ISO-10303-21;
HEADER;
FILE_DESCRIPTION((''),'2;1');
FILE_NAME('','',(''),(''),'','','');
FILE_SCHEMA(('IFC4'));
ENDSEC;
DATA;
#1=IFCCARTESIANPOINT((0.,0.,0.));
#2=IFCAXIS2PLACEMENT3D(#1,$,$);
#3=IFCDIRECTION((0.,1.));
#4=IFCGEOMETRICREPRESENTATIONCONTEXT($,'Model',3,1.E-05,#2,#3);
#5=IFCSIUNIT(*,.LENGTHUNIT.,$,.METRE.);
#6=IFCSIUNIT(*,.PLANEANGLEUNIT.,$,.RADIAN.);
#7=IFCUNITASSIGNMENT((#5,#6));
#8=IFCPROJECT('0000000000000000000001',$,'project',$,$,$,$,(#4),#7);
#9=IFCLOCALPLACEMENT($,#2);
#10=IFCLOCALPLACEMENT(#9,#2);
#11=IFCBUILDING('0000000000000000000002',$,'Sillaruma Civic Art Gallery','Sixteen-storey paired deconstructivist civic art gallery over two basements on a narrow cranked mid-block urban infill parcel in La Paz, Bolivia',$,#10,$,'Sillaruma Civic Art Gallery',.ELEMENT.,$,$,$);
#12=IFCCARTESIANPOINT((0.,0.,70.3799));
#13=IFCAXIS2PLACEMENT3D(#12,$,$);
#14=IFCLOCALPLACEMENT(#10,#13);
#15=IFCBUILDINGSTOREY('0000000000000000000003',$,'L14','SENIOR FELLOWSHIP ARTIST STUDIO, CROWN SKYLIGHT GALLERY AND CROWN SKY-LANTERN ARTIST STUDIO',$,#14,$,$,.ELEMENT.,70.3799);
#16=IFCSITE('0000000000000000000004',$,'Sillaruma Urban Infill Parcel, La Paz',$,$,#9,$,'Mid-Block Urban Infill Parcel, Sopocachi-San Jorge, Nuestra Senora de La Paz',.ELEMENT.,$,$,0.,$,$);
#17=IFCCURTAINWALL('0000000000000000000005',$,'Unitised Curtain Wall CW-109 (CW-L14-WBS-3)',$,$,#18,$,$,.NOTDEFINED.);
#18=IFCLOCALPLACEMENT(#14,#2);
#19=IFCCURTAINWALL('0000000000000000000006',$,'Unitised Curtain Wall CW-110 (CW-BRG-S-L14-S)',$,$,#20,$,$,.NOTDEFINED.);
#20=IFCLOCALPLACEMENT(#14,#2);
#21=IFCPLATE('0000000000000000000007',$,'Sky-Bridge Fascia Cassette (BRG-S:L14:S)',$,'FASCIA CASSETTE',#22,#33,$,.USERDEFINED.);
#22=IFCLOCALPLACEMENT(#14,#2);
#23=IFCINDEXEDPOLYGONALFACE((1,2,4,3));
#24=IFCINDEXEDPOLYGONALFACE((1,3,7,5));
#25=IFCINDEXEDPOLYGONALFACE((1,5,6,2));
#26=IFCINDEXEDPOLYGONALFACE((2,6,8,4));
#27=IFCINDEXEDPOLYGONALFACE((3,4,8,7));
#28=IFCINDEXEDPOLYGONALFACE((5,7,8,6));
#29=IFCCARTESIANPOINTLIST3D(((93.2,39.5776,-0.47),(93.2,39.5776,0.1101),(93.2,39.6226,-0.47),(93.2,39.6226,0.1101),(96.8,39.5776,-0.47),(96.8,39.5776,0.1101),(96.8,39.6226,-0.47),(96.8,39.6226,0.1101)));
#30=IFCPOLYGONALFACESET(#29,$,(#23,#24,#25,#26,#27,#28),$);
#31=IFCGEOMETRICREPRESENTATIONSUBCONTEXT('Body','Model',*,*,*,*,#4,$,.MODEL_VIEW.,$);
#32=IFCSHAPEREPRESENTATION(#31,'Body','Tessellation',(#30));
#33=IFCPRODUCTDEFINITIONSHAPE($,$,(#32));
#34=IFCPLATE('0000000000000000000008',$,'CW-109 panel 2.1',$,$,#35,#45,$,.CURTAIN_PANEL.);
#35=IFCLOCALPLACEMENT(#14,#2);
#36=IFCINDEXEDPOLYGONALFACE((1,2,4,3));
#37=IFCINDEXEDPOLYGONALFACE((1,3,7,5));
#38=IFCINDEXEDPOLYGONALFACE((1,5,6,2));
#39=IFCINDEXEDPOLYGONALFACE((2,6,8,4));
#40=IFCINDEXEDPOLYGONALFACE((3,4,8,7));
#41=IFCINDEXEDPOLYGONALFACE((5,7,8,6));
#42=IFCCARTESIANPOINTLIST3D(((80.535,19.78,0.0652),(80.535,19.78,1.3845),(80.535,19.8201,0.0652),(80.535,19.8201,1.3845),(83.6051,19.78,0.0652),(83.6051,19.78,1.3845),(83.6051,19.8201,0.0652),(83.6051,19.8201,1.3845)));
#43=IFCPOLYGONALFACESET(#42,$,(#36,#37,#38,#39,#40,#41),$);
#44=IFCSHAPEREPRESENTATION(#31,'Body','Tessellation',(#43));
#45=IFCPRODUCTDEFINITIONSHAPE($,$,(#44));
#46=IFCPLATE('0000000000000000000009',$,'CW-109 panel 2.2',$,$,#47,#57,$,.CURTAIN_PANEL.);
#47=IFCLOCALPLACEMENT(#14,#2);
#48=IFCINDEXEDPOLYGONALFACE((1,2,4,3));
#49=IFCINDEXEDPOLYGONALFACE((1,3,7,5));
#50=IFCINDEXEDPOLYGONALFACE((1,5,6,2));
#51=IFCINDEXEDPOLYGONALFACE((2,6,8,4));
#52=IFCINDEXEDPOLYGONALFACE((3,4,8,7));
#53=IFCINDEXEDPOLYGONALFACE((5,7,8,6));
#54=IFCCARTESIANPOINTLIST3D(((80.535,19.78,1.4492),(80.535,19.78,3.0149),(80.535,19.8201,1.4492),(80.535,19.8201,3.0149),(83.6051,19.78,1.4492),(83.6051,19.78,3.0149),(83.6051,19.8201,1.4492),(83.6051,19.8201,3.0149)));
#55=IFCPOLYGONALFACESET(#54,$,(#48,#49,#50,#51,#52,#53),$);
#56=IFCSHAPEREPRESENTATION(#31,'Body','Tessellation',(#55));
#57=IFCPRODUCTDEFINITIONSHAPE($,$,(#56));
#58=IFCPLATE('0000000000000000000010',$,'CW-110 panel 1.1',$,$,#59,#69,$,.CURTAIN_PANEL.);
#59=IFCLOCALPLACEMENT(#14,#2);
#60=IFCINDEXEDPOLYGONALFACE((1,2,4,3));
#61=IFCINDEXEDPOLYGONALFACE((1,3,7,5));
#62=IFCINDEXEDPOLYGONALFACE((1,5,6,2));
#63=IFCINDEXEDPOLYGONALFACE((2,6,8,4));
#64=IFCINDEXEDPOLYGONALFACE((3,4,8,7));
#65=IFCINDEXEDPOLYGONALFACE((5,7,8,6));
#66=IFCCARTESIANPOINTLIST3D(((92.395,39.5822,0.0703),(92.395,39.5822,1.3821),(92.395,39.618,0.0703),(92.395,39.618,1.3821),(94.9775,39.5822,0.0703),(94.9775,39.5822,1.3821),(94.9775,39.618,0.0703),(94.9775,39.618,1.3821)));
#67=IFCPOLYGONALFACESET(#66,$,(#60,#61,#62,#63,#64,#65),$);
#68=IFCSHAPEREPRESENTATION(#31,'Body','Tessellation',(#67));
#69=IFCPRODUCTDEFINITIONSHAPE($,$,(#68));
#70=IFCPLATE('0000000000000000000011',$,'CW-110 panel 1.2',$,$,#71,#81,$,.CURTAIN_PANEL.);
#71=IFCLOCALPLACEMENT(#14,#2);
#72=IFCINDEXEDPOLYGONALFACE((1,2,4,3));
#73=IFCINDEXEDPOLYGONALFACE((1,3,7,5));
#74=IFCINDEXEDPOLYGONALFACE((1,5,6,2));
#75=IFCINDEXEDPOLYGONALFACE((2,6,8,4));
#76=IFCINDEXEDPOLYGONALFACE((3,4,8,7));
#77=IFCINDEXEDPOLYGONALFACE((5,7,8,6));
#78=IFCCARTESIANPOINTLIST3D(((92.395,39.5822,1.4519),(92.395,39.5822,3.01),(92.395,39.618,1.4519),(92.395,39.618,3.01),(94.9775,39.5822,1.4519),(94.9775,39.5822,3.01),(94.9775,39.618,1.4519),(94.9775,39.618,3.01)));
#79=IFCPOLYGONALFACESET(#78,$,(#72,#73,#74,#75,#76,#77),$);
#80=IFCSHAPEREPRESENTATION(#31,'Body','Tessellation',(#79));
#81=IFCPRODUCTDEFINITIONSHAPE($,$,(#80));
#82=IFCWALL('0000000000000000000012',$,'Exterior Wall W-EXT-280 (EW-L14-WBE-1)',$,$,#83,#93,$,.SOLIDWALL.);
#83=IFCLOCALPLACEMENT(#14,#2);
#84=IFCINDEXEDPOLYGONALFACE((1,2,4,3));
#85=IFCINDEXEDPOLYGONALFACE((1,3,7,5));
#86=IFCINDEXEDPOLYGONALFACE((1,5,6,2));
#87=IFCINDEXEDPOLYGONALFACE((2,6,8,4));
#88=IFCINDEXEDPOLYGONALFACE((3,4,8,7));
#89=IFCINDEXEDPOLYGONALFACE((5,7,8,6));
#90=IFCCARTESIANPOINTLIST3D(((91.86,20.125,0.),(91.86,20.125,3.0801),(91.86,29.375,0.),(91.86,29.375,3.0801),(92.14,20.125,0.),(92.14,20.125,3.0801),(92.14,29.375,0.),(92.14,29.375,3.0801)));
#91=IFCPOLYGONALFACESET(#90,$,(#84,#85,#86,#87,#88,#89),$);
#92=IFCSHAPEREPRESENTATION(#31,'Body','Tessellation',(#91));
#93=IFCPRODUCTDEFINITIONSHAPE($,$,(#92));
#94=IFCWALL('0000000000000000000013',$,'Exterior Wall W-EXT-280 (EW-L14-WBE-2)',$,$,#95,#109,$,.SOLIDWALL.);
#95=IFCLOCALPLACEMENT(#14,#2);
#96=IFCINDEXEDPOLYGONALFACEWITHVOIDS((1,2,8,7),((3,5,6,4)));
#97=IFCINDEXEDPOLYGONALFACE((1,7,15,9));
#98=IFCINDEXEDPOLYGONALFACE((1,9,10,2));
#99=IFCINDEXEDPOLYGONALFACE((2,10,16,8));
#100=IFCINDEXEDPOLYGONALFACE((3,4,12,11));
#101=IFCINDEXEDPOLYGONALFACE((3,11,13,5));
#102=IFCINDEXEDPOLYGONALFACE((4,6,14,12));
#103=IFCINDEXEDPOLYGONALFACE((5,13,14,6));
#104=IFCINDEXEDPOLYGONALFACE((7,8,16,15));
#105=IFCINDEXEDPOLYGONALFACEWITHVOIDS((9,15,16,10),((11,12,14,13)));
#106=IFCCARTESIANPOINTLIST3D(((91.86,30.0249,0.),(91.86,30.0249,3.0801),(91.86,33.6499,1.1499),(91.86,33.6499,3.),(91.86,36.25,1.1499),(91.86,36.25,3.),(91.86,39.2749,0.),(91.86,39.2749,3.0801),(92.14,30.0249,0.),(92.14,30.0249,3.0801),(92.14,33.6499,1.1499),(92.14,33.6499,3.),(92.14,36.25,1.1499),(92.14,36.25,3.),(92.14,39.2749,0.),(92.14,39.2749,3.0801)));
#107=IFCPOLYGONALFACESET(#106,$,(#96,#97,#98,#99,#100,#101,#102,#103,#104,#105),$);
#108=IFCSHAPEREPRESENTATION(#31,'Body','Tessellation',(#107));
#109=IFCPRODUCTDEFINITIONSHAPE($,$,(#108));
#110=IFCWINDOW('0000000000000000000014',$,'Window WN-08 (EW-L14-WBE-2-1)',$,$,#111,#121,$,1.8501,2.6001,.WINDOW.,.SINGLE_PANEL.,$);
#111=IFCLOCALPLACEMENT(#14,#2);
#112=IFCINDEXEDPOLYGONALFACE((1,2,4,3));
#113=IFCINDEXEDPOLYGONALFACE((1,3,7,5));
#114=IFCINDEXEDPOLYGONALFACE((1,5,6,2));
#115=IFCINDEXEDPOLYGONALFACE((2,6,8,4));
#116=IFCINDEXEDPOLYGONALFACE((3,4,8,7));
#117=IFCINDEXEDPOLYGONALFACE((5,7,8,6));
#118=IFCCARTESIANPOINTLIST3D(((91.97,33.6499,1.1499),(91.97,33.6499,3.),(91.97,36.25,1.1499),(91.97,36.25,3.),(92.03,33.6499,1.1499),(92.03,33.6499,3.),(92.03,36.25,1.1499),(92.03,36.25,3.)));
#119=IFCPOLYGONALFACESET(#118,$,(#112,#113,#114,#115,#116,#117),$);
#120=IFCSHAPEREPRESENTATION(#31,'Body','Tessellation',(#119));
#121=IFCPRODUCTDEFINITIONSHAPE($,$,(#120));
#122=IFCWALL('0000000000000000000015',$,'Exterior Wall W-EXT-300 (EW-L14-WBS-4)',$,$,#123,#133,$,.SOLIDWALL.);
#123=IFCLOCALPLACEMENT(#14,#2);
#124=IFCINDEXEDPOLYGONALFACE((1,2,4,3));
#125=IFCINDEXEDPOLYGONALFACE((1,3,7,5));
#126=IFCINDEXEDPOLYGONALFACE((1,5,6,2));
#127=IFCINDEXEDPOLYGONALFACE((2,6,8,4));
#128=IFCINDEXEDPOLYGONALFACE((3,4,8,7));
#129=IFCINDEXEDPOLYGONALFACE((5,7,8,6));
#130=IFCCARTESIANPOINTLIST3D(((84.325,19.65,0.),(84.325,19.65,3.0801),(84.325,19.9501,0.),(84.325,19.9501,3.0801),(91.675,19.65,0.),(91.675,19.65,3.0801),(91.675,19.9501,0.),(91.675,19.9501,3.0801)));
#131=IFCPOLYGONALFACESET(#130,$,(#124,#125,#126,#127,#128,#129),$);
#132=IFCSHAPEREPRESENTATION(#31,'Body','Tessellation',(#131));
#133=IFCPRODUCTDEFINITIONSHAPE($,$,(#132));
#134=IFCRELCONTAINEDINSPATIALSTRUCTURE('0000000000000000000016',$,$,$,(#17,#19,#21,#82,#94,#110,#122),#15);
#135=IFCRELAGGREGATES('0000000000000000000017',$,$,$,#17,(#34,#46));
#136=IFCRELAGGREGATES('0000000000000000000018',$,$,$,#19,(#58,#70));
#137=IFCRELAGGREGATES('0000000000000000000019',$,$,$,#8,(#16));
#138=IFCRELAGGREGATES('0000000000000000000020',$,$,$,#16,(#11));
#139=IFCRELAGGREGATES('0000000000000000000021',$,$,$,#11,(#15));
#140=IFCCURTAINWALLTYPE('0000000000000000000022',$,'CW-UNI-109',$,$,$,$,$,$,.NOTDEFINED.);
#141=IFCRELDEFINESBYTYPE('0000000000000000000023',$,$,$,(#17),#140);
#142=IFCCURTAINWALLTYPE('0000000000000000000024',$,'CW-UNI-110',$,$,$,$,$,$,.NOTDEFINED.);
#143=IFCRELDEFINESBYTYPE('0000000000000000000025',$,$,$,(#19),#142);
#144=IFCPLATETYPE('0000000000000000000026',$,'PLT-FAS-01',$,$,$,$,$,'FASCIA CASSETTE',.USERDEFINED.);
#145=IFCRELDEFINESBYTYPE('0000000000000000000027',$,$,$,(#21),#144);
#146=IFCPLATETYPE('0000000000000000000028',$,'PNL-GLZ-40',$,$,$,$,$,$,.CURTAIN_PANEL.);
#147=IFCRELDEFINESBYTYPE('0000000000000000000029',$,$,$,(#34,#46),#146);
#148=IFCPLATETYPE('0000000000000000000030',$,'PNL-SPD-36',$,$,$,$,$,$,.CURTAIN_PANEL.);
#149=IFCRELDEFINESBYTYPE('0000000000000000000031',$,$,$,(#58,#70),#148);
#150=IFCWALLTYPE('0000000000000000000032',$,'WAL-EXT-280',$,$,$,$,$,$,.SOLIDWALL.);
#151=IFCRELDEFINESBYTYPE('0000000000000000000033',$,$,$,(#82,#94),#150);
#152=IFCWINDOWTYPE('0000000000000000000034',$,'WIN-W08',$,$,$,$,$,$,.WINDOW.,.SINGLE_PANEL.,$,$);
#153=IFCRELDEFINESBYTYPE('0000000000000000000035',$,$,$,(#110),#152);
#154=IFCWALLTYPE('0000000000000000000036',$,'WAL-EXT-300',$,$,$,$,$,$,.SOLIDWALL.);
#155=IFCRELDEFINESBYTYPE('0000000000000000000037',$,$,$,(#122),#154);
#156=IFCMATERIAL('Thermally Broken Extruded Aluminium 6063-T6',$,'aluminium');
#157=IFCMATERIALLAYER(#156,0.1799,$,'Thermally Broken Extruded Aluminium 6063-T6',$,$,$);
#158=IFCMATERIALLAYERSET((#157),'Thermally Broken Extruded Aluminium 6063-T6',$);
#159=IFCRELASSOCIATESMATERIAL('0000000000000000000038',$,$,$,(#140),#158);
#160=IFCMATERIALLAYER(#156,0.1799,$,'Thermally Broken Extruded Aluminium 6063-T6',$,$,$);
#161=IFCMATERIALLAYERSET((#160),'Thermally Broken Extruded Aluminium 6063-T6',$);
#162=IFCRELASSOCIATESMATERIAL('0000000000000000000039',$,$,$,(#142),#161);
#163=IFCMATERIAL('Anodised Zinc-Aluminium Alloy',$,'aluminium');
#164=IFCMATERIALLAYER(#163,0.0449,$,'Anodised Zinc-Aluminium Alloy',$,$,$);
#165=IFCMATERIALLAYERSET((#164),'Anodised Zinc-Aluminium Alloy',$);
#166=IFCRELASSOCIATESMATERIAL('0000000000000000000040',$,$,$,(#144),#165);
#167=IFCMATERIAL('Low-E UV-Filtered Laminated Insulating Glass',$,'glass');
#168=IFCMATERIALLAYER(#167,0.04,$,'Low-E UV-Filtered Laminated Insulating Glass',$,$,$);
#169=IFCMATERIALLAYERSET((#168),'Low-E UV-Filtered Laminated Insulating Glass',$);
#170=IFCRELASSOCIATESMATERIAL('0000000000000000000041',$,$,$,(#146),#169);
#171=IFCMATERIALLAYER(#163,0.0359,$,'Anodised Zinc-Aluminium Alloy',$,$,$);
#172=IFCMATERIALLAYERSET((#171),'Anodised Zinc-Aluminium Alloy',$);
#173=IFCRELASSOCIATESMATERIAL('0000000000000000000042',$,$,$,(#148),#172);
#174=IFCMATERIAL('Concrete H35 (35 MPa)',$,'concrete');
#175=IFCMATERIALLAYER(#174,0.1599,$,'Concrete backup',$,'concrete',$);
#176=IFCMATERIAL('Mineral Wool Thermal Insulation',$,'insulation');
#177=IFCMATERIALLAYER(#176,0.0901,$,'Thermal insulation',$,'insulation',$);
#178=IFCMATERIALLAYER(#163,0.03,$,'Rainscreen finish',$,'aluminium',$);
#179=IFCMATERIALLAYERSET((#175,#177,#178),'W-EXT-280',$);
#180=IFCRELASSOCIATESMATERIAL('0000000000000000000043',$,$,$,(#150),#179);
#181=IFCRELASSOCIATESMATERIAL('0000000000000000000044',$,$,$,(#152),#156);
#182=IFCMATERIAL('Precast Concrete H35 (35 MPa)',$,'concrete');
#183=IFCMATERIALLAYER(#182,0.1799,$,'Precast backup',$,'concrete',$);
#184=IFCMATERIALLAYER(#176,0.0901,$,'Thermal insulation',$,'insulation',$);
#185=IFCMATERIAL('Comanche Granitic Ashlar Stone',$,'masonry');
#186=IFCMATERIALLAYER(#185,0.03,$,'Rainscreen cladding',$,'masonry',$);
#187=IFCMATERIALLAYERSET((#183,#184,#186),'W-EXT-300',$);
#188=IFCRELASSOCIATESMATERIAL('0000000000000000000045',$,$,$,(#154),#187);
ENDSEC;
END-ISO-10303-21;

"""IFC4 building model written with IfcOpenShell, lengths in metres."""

from ifc_helpers import new_model, si_unit, direction, frame, frame_2d, origin, origin_2d, place, context, subcontext, project, spatial, rectangle, extrude, material, layer, layer_set, type_object, element, fill, aggregate, save


model = new_model("IFC4")

# Units and contexts
model_context = context("Model", 3, precision=1e-05, world=origin(), true_north=direction((0.0, 1.0)))
body_context = subcontext(model_context, "Body", "Model", "MODEL_VIEW")
ifc_project = project(units=[si_unit("LENGTHUNIT", "METRE"), si_unit("PLANEANGLEUNIT", "RADIAN")], contexts=[model_context])

# Site, building, storey
site_placement = place(None, origin())
site = spatial("IfcSite", under=ifc_project, at=site_placement, Name="Sillaruma Urban Infill Parcel, La Paz", LongName="Mid-Block Urban Infill Parcel, Sopocachi-San Jorge, Nuestra Senora de La Paz", CompositionType="ELEMENT", RefElevation=0.0)
building_placement = place(site_placement, origin())
building = spatial("IfcBuilding", under=site, at=building_placement, Name="Sillaruma Civic Art Gallery", Description="Sixteen-storey paired deconstructivist civic art gallery over two basements on a narrow cranked mid-block urban infill parcel in La Paz, Bolivia", LongName="Sillaruma Civic Art Gallery", CompositionType="ELEMENT")
storey_placement = place(building_placement, frame((0.0, 0.0, 70.3799)))
storey = spatial("IfcBuildingStorey", under=building, at=storey_placement, Name="L14", Description="SENIOR FELLOWSHIP ARTIST STUDIO, CROWN SKYLIGHT GALLERY AND CROWN SKY-LANTERN ARTIST STUDIO", CompositionType="ELEMENT", Elevation=70.3799)

# Shared definitions
ifc_material_1 = material(Name="Concrete H35 (35 MPa)", Category="concrete")

# Curtain wall
ifc_material_2 = material(Name="Thermally Broken Extruded Aluminium 6063-T6", Category="aluminium")
ifc_layer_1 = layer(ifc_material_2, 0.1799, Name="Thermally Broken Extruded Aluminium 6063-T6")
ifc_layer_set_1 = layer_set([ifc_layer_1], Name="Thermally Broken Extruded Aluminium 6063-T6")
curtain_wall_type_1 = type_object("IfcCurtainWallType", Name="CW-UNI-109", PredefinedType="NOTDEFINED", material=ifc_layer_set_1)
curtain_wall_1_placement = place(storey_placement, origin())
curtain_wall_1 = element("IfcCurtainWall", 1, at=curtain_wall_1_placement, inside=storey, type_object=curtain_wall_type_1, Name="Unitised Curtain Wall CW-109 (CW-L14-WBS-3)", PredefinedType="NOTDEFINED")

# Curtain wall
ifc_layer_2 = layer(ifc_material_2, 0.1799, Name="Thermally Broken Extruded Aluminium 6063-T6")
ifc_layer_set_2 = layer_set([ifc_layer_2], Name="Thermally Broken Extruded Aluminium 6063-T6")
curtain_wall_type_2 = type_object("IfcCurtainWallType", Name="CW-UNI-110", PredefinedType="NOTDEFINED", material=ifc_layer_set_2)
curtain_wall_2_placement = place(storey_placement, origin())
curtain_wall_2 = element("IfcCurtainWall", 2, at=curtain_wall_2_placement, inside=storey, type_object=curtain_wall_type_2, Name="Unitised Curtain Wall CW-110 (CW-BRG-S-L14-S)", PredefinedType="NOTDEFINED")

# Plates
ifc_material_3 = material(Name="Anodised Zinc-Aluminium Alloy", Category="aluminium")
ifc_layer_3 = layer(ifc_material_3, 0.0449, Name="Anodised Zinc-Aluminium Alloy")
ifc_layer_set_3 = layer_set([ifc_layer_3], Name="Anodised Zinc-Aluminium Alloy")
plate_type_1 = type_object("IfcPlateType", Name="PLT-FAS-01", ElementType="FASCIA CASSETTE", PredefinedType="USERDEFINED", material=ifc_layer_set_3)
plate_1_placement = place(storey_placement, frame((95.0, 39.6001, -0.47), z_axis=(0.0, 0.0, 1.0), x_axis=(1.0, 0.0, 0.0)))
element("IfcPlate", 3, at=plate_1_placement, inside=storey, type_object=plate_type_1, Name="Sky-Bridge Fascia Cassette (BRG-S:L14:S)", ObjectType="FASCIA CASSETTE", PredefinedType="USERDEFINED", context=body_context, shape_type="SweptSolid", body=[
    extrude(rectangle(XDim=3.6001, YDim=0.0449, at=origin_2d()), origin(), (0.0, 0.0, 1.0), 0.5801),
])
ifc_material_4 = material(Name="Low-E UV-Filtered Laminated Insulating Glass", Category="glass")
ifc_layer_4 = layer(ifc_material_4, 0.04, Name="Low-E UV-Filtered Laminated Insulating Glass")
ifc_layer_set_4 = layer_set([ifc_layer_4], Name="Low-E UV-Filtered Laminated Insulating Glass")
plate_type_2 = type_object("IfcPlateType", Name="PNL-GLZ-40", PredefinedType="CURTAIN_PANEL", material=ifc_layer_set_4)
plate_2_placement = place(storey_placement, frame((82.0701, 19.8, 0.0652), z_axis=(0.0, 0.0, 1.0), x_axis=(1.0, 0.0, 0.0)))
plate_2 = element("IfcPlate", 4, at=plate_2_placement, type_object=plate_type_2, Name="CW-109 panel 2.1", PredefinedType="CURTAIN_PANEL", context=body_context, shape_type="SweptSolid", body=[
    extrude(rectangle(XDim=3.0701, YDim=0.04, at=origin_2d()), origin(), (0.0, 0.0, 1.0), 1.3193),
])
plate_3_placement = place(storey_placement, frame((82.0701, 19.8, 1.4492), z_axis=(0.0, 0.0, 1.0), x_axis=(1.0, 0.0, 0.0)))
plate_3 = element("IfcPlate", 5, at=plate_3_placement, type_object=plate_type_2, Name="CW-109 panel 2.2", PredefinedType="CURTAIN_PANEL", context=body_context, shape_type="SweptSolid", body=[
    extrude(rectangle(XDim=3.0701, YDim=0.04, at=origin_2d()), origin(), (0.0, 0.0, 1.0), 1.5657),
])
aggregate(curtain_wall_1, [plate_2, plate_3])
ifc_layer_5 = layer(ifc_material_3, 0.0359, Name="Anodised Zinc-Aluminium Alloy")
ifc_layer_set_5 = layer_set([ifc_layer_5], Name="Anodised Zinc-Aluminium Alloy")
plate_type_3 = type_object("IfcPlateType", Name="PNL-SPD-36", PredefinedType="CURTAIN_PANEL", material=ifc_layer_set_5)
plate_4_placement = place(storey_placement, frame((93.6863, 39.6001, 0.0703), z_axis=(0.0, 0.0, 1.0), x_axis=(1.0, 0.0, 0.0)))
plate_4 = element("IfcPlate", 6, at=plate_4_placement, type_object=plate_type_3, Name="CW-110 panel 1.1", PredefinedType="CURTAIN_PANEL", context=body_context, shape_type="SweptSolid", body=[
    extrude(rectangle(XDim=2.5825, YDim=0.0359, at=origin_2d()), origin(), (0.0, 0.0, 1.0), 1.3118),
])
plate_5_placement = place(storey_placement, frame((93.6863, 39.6001, 1.4519), z_axis=(0.0, 0.0, 1.0), x_axis=(1.0, 0.0, 0.0)))
plate_5 = element("IfcPlate", 7, at=plate_5_placement, type_object=plate_type_3, Name="CW-110 panel 1.2", PredefinedType="CURTAIN_PANEL", context=body_context, shape_type="SweptSolid", body=[
    extrude(rectangle(XDim=2.5825, YDim=0.0359, at=origin_2d()), origin(), (0.0, 0.0, 1.0), 1.5581),
])
aggregate(curtain_wall_2, [plate_4, plate_5])

# Wall
ifc_layer_6 = layer(ifc_material_1, 0.1599, Name="Concrete backup", Category="concrete")
ifc_material_5 = material(Name="Mineral Wool Thermal Insulation", Category="insulation")
ifc_layer_7 = layer(ifc_material_5, 0.0901, Name="Thermal insulation", Category="insulation")
ifc_layer_8 = layer(ifc_material_3, 0.03, Name="Rainscreen finish", Category="aluminium")
ifc_layer_set_6 = layer_set([ifc_layer_6, ifc_layer_7, ifc_layer_8], Name="W-EXT-280")
wall_type_1 = type_object("IfcWallType", Name="WAL-EXT-280", PredefinedType="SOLIDWALL", material=ifc_layer_set_6)
wall_1_placement = place(storey_placement, frame((92.0, 20.125, 0.0), z_axis=(0.0, 0.0, 1.0), x_axis=(0.0, 1.0, 0.0)))
element("IfcWall", 8, at=wall_1_placement, inside=storey, type_object=wall_type_1, Name="Exterior Wall W-EXT-280 (EW-L14-WBE-1)", PredefinedType="SOLIDWALL", context=body_context, shape_type="SweptSolid", body=[
    extrude(rectangle(XDim=9.25, YDim=0.28, at=frame_2d((4.625, 0.0))), origin(), (0.0, 0.0, 1.0), 3.0801),
])

# Wall, opening, window
wall_2_placement = place(storey_placement, frame((92.0, 30.0249, 0.0), z_axis=(0.0, 0.0, 1.0), x_axis=(0.0, 1.0, 0.0)))
wall_2 = element("IfcWall", 9, at=wall_2_placement, inside=storey, type_object=wall_type_1, Name="Exterior Wall W-EXT-280 (EW-L14-WBE-2)", PredefinedType="SOLIDWALL", context=body_context, shape_type="SweptSolid", body=[
    extrude(rectangle(XDim=9.25, YDim=0.28, at=frame_2d((4.625, 0.0))), origin(), (0.0, 0.0, 1.0), 3.0801),
])
opening_placement = place(wall_2_placement, frame((3.625, 0.0, 1.1499)))
opening = element("IfcOpeningElement", 10, at=opening_placement, cuts=wall_2, PredefinedType="OPENING", context=body_context, shape_type="SweptSolid", body=[
    extrude(rectangle(XDim=2.6001, YDim=1.8501, at=frame_2d((1.3, 0.925))), frame((0.0, 0.1499, 0.0), z_axis=(0.0, -1.0, 0.0), x_axis=(1.0, 0.0, 0.0)), (0.0, 0.0, 1.0), 0.3),
])
window_type = type_object("IfcWindowType", Name="WIN-W08", PartitioningType="SINGLE_PANEL", PredefinedType="WINDOW", material=ifc_material_2)
window_placement = place(opening_placement, origin())
window = element("IfcWindow", 11, at=window_placement, inside=storey, type_object=window_type, Name="Window WN-08 (EW-L14-WBE-2-1)", OverallHeight=1.8501, OverallWidth=2.6001, PartitioningType="SINGLE_PANEL", PredefinedType="WINDOW", context=body_context, shape_type="SweptSolid", body=[
    extrude(rectangle(XDim=2.6001, YDim=1.8501, at=frame_2d((1.3, 0.925))), frame((0.0, 0.03, 0.0), z_axis=(0.0, -1.0, 0.0), x_axis=(1.0, 0.0, 0.0)), (0.0, 0.0, 1.0), 0.0601),
])
fill(opening, window)

# Wall
ifc_material_6 = material(Name="Precast Concrete H35 (35 MPa)", Category="concrete")
ifc_layer_9 = layer(ifc_material_6, 0.1799, Name="Precast backup", Category="concrete")
ifc_layer_10 = layer(ifc_material_5, 0.0901, Name="Thermal insulation", Category="insulation")
ifc_material_7 = material(Name="Comanche Granitic Ashlar Stone", Category="masonry")
ifc_layer_11 = layer(ifc_material_7, 0.03, Name="Rainscreen cladding", Category="masonry")
ifc_layer_set_7 = layer_set([ifc_layer_9, ifc_layer_10, ifc_layer_11], Name="W-EXT-300")
wall_type_2 = type_object("IfcWallType", Name="WAL-EXT-300", PredefinedType="SOLIDWALL", material=ifc_layer_set_7)
wall_3_placement = place(storey_placement, frame((84.325, 19.8, 0.0), z_axis=(0.0, 0.0, 1.0), x_axis=(1.0, 0.0, 0.0)))
element("IfcWall", 12, at=wall_3_placement, inside=storey, type_object=wall_type_2, Name="Exterior Wall W-EXT-300 (EW-L14-WBS-4)", PredefinedType="SOLIDWALL", context=body_context, shape_type="SweptSolid", body=[
    extrude(rectangle(XDim=7.3501, YDim=0.3, at=frame_2d((3.675, 0.0))), origin(), (0.0, 0.0, 1.0), 3.0801),
])

save(model, "model.ifc")
